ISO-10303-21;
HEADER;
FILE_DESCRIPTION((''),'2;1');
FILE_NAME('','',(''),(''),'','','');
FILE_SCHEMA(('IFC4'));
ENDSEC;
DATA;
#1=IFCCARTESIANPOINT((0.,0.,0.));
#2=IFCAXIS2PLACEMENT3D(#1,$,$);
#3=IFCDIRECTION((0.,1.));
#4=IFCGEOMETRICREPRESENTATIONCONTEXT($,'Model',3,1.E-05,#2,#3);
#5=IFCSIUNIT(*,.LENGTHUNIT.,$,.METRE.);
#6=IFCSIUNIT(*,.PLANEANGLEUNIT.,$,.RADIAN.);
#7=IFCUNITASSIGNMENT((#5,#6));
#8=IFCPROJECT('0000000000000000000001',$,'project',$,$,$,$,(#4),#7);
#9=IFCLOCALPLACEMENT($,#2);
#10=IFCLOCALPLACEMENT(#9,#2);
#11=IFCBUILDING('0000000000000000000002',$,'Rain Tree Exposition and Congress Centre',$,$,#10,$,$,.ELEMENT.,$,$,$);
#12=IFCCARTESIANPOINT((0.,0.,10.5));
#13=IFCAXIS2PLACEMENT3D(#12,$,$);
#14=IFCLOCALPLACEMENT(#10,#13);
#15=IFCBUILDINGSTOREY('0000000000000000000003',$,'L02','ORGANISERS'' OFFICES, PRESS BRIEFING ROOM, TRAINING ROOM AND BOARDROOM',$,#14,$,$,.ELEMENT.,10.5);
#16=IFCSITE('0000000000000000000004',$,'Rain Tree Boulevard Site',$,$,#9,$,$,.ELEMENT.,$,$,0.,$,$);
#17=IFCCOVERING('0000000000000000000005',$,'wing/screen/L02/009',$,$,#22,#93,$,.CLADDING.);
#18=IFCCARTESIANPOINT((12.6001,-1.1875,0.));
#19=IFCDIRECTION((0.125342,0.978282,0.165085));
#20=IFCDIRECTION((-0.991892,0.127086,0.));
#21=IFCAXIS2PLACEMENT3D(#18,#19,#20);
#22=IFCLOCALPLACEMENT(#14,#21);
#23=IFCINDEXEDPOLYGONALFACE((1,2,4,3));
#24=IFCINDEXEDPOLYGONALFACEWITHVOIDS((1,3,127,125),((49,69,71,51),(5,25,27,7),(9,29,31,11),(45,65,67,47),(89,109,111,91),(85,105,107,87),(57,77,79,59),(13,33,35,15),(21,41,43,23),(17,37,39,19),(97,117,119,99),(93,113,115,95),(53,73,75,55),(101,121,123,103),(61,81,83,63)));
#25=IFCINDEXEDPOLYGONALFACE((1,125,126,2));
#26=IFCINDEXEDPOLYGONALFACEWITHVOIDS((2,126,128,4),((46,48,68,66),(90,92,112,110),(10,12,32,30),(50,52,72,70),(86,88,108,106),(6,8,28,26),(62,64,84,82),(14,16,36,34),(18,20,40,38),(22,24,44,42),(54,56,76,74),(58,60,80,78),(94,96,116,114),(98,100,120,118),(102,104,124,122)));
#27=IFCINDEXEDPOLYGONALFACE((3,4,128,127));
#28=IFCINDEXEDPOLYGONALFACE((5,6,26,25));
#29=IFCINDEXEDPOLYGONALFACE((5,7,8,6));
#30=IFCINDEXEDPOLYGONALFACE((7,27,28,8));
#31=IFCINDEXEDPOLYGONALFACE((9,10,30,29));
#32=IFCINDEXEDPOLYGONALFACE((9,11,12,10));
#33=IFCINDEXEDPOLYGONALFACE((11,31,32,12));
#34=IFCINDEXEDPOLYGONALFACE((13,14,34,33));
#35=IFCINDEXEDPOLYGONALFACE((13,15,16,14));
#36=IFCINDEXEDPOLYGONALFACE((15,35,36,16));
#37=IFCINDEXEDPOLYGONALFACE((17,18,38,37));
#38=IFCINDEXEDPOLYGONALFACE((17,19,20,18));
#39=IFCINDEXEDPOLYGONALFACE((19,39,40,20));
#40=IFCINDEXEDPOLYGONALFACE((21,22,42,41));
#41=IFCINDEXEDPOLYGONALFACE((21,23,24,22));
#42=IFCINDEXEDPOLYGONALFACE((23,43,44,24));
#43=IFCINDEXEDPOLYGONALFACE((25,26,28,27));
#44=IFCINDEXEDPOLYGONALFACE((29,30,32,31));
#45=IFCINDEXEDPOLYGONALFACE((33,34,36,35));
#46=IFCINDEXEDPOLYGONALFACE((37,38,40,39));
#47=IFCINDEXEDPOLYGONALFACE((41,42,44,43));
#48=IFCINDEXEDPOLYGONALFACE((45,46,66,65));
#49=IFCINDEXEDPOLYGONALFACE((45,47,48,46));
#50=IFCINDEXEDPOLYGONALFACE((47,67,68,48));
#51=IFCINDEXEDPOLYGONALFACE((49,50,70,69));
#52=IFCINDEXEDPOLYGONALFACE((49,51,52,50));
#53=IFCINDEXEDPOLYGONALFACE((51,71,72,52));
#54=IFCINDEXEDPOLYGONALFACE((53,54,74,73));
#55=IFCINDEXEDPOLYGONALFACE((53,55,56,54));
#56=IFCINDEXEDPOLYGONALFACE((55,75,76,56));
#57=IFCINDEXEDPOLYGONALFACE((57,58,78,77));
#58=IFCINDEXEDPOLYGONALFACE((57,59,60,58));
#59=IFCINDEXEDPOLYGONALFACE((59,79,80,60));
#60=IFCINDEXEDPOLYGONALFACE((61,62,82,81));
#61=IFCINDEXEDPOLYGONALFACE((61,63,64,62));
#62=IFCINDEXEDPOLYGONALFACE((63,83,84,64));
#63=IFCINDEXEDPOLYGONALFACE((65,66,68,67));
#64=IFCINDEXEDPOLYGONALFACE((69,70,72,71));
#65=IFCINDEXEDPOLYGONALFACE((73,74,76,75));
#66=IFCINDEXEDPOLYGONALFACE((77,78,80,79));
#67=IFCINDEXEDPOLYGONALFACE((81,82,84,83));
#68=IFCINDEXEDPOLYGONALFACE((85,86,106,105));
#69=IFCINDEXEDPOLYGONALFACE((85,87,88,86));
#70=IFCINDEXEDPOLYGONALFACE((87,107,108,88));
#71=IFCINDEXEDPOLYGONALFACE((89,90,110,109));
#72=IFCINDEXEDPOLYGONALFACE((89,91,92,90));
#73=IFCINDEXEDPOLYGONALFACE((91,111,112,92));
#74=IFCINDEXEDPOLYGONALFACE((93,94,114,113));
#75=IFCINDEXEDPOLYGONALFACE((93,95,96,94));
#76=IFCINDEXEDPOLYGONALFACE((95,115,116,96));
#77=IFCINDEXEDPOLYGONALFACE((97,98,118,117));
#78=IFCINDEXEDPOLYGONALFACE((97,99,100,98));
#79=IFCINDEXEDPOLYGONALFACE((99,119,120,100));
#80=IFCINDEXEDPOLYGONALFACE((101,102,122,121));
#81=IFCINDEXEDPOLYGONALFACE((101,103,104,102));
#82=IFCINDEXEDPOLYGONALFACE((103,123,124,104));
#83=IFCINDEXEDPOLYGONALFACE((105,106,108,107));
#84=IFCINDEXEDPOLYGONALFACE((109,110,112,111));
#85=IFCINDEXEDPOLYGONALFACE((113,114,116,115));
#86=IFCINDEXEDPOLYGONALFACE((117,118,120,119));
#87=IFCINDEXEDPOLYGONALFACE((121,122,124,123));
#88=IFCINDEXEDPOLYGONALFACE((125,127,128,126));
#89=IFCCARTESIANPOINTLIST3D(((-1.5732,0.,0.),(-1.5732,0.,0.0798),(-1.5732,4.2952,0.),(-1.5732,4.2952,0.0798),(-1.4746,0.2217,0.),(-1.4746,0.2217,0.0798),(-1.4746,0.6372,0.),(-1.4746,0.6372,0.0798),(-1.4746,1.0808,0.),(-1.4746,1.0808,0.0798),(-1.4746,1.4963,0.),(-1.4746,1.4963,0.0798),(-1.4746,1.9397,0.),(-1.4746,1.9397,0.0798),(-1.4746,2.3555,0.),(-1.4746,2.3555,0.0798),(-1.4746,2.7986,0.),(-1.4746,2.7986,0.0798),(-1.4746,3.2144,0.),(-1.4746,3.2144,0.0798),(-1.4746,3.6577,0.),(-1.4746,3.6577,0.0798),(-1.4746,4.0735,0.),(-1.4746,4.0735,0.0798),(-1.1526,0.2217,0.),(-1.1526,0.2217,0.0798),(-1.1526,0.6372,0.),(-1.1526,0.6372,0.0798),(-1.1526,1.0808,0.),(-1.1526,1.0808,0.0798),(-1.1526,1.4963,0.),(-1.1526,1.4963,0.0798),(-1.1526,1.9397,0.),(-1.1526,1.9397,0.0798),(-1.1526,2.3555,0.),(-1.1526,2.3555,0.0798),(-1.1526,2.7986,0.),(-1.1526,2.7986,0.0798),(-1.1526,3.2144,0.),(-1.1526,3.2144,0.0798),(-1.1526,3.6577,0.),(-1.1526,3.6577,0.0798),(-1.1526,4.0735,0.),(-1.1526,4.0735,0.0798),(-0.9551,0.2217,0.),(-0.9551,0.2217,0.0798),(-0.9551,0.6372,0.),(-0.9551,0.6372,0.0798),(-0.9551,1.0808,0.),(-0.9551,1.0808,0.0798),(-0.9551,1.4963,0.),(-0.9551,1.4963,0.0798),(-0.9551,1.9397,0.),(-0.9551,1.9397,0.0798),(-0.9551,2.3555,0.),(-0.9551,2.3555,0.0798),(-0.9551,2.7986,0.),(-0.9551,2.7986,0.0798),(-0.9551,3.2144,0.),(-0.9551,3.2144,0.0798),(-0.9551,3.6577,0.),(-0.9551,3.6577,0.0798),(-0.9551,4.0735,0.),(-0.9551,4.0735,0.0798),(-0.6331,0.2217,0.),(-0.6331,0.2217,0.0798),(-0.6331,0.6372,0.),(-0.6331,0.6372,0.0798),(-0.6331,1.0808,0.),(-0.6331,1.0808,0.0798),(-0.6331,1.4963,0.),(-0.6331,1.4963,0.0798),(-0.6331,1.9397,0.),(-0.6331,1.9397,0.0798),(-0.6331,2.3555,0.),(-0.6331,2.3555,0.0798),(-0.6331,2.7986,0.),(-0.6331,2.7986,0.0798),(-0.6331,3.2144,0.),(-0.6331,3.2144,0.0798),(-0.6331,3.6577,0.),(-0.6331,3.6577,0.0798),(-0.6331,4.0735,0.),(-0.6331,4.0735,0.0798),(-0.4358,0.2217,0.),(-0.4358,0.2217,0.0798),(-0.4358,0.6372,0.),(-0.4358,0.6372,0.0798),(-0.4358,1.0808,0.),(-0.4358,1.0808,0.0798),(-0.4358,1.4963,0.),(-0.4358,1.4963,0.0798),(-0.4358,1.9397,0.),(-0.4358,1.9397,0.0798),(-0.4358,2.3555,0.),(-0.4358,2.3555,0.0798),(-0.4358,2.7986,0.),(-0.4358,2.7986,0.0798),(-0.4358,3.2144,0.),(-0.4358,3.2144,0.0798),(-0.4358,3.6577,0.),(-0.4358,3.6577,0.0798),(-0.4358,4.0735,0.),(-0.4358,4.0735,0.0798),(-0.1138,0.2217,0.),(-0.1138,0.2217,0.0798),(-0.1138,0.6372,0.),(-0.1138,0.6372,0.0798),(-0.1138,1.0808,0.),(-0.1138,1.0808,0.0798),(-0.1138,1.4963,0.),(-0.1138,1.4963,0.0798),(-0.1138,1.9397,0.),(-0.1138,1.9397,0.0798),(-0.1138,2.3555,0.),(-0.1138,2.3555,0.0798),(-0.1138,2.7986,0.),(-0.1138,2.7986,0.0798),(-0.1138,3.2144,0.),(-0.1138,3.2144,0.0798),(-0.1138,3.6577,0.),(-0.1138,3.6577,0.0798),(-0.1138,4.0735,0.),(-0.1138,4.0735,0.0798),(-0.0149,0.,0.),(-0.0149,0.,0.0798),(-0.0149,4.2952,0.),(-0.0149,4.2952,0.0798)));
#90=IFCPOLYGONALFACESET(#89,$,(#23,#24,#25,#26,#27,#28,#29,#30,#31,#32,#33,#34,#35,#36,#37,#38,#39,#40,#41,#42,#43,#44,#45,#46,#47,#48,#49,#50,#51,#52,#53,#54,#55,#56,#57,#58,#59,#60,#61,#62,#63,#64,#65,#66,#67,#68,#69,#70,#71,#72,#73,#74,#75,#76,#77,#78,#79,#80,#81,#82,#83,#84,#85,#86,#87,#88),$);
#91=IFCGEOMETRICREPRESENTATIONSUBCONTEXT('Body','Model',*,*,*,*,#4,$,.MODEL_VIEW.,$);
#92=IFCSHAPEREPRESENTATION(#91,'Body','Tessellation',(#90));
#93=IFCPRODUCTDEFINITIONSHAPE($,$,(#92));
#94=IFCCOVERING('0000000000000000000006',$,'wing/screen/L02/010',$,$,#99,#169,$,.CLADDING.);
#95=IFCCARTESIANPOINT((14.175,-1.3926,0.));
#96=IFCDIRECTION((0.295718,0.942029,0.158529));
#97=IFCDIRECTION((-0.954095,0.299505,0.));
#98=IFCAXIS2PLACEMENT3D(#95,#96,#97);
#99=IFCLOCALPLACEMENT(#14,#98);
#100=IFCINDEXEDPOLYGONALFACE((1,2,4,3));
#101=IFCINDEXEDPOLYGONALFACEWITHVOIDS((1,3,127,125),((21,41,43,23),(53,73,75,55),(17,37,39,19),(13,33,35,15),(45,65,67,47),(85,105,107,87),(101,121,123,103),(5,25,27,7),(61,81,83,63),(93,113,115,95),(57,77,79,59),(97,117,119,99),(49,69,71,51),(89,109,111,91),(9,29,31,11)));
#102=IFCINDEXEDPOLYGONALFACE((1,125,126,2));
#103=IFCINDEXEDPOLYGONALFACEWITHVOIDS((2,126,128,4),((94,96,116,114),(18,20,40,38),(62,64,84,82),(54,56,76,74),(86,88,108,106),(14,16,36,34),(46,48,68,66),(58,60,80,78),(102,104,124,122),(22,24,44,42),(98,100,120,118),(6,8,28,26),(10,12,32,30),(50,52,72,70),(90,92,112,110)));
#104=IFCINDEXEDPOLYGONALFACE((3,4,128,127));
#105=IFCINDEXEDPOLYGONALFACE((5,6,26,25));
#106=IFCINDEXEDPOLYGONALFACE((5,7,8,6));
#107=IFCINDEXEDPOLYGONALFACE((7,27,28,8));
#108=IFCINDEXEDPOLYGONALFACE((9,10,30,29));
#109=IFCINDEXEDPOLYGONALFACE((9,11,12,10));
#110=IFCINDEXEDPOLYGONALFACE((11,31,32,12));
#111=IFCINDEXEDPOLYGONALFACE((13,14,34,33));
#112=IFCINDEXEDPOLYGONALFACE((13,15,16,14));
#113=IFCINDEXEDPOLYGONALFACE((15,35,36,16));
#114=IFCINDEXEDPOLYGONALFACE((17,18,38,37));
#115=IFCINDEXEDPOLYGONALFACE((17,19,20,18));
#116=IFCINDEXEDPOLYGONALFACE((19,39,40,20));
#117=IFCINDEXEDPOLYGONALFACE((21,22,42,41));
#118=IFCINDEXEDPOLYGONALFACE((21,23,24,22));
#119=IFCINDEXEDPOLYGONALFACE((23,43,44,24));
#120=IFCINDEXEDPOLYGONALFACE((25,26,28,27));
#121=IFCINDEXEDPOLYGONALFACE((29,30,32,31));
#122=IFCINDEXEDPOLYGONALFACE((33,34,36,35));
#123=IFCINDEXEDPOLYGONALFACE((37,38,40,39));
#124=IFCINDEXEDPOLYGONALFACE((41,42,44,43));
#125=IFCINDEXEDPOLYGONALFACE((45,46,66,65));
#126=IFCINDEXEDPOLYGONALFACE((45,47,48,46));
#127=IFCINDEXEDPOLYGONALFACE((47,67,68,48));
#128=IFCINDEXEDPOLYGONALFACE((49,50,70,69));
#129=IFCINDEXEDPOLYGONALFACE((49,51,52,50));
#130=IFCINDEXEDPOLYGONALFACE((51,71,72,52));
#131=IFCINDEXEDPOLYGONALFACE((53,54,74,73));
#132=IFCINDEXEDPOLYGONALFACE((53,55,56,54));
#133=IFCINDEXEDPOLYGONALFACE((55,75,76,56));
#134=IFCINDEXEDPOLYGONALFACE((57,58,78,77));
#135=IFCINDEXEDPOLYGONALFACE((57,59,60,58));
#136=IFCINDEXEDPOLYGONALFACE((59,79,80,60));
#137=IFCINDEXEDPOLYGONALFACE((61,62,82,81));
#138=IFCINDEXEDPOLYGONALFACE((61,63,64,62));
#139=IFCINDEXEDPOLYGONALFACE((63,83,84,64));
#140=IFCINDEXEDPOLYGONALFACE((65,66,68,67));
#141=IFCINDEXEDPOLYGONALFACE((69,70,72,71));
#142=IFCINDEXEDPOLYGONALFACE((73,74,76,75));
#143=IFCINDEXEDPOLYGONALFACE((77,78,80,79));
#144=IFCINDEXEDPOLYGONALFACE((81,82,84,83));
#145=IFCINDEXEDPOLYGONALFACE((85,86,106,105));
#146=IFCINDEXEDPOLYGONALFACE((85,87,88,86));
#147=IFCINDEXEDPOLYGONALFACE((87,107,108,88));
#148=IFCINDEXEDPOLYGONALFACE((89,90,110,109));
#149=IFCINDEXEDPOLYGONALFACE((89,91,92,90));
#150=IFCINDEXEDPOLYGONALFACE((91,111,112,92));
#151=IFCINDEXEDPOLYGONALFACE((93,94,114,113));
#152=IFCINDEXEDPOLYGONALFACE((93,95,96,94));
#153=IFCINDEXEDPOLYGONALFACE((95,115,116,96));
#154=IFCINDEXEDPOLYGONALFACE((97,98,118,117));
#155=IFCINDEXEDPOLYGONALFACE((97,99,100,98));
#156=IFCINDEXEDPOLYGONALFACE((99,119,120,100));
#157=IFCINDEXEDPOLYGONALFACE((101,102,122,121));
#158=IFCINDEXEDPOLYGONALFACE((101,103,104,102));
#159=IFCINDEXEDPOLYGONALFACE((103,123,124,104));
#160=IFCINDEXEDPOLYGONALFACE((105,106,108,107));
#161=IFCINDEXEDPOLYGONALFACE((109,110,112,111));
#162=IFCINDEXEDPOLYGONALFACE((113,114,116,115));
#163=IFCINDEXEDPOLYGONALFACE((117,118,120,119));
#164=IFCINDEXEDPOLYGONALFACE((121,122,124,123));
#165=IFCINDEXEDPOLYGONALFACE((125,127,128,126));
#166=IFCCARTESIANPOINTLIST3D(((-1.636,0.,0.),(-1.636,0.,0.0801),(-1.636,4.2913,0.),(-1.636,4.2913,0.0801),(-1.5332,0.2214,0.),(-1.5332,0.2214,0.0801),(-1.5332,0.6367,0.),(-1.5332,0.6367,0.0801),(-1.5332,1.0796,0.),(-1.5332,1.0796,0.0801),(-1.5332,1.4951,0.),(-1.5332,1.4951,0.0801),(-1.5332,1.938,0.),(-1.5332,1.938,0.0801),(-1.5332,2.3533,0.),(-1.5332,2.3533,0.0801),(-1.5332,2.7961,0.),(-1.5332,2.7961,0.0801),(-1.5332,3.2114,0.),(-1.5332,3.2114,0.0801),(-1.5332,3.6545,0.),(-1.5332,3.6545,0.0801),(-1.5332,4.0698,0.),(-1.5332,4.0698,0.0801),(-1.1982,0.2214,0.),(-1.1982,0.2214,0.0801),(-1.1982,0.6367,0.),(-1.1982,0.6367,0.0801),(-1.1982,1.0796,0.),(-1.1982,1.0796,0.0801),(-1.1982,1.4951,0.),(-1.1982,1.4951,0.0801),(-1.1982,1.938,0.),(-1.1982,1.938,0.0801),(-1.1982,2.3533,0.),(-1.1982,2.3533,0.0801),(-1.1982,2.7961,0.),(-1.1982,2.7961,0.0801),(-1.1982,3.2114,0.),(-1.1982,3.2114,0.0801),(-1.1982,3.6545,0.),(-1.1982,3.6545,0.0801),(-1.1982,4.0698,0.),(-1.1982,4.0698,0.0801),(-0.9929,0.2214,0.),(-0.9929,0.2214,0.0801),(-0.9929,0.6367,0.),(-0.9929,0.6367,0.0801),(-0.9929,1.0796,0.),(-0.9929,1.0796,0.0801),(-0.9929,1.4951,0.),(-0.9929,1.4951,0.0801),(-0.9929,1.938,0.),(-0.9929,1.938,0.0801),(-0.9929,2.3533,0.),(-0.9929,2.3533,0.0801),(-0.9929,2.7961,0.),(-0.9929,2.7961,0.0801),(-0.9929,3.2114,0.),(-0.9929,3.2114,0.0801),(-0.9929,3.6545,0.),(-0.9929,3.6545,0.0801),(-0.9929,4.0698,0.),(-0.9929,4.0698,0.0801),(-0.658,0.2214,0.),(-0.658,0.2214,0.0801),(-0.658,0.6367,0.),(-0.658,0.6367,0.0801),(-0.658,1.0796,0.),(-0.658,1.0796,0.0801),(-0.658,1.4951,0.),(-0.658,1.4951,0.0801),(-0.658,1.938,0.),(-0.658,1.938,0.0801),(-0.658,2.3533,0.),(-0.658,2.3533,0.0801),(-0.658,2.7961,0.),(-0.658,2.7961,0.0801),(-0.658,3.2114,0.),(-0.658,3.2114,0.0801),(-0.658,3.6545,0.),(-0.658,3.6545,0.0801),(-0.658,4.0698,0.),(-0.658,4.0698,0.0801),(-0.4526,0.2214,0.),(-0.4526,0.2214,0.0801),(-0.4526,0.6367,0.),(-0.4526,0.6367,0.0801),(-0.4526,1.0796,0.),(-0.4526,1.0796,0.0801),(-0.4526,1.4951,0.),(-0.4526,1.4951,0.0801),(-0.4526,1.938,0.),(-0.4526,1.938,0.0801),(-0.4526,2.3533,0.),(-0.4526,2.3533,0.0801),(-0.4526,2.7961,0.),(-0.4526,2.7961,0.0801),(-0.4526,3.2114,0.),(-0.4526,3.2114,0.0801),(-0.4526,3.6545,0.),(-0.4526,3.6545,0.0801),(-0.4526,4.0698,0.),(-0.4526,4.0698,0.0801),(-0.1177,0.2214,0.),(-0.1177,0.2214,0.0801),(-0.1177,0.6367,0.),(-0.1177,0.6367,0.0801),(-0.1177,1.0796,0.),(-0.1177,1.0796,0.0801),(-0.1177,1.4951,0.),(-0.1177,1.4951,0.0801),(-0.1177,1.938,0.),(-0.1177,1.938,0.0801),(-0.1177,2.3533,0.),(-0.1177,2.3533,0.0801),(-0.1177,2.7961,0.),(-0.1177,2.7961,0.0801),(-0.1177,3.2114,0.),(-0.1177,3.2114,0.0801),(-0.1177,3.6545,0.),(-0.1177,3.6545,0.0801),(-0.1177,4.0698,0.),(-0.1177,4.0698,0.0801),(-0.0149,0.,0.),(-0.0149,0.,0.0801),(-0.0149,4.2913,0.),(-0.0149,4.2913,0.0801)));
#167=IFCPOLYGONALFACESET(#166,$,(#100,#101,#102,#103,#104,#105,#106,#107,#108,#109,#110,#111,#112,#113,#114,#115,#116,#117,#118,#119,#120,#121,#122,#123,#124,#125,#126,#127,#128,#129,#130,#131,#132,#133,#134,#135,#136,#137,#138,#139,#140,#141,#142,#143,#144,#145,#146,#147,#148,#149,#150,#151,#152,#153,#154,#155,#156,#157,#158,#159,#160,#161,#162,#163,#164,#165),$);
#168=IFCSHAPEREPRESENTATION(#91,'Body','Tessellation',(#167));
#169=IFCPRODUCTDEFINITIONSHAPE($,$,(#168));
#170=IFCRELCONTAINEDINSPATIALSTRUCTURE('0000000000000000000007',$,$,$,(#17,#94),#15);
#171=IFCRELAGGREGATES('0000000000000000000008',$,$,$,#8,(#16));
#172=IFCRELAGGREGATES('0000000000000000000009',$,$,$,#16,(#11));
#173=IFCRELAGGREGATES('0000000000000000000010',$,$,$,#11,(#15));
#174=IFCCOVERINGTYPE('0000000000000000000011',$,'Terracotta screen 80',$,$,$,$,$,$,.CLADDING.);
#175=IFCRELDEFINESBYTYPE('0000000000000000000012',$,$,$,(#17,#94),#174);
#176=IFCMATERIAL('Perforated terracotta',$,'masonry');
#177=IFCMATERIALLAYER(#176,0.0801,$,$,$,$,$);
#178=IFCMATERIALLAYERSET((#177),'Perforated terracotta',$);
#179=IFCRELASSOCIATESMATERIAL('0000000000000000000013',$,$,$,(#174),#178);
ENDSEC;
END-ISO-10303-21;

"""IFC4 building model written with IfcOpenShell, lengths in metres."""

from ifc_helpers import new_model, si_unit, direction, frame, origin, place, context, subcontext, project, spatial, polyline, outline, extrude, material, layer, layer_set, type_object, element, save


model = new_model("IFC4")

# Units and contexts
model_context = context("Model", 3, precision=1e-05, world=origin(), true_north=direction((0.0, 1.0)))
body_context = subcontext(model_context, "Body", "Model", "MODEL_VIEW")
ifc_project = project(units=[si_unit("LENGTHUNIT", "METRE"), si_unit("PLANEANGLEUNIT", "RADIAN")], contexts=[model_context])

# Site, building, storey
site_placement = place(None, origin())
site = spatial("IfcSite", under=ifc_project, at=site_placement, Name="Rain Tree Boulevard Site", CompositionType="ELEMENT", RefElevation=0.0)
building_placement = place(site_placement, origin())
building = spatial("IfcBuilding", under=site, at=building_placement, Name="Rain Tree Exposition and Congress Centre", CompositionType="ELEMENT")
storey_placement = place(building_placement, frame((0.0, 0.0, 10.5)))
storey = spatial("IfcBuildingStorey", under=building, at=storey_placement, Name="L02", Description="ORGANISERS' OFFICES, PRESS BRIEFING ROOM, TRAINING ROOM AND BOARDROOM", CompositionType="ELEMENT", Elevation=10.5)

# Coverings
ifc_material_1 = material(Name="Perforated terracotta", Category="masonry")
ifc_layer_1 = layer(ifc_material_1, 0.0801)
ifc_layer_set_1 = layer_set([ifc_layer_1], Name="Perforated terracotta")
covering_type = type_object("IfcCoveringType", Name="Terracotta screen 80", PredefinedType="CLADDING", material=ifc_layer_set_1)
covering_1_placement = place(storey_placement, frame((12.6001, -1.1875, 0.0), z_axis=(0.125342, 0.978282, 0.165085), x_axis=(-0.991892, 0.127086, 0.0)))
element("IfcCovering", 1, at=covering_1_placement, inside=storey, type_object=covering_type, Name="wing/screen/L02/009", PredefinedType="CLADDING", context=body_context, shape_type="SweptSolid", body=[
    extrude(outline(polyline([(-1.5732, 0.0), (-1.5732, 4.2952), (-0.0149, 4.2952), (-0.0149, 0.0), (-1.5732, 0.0)]), holes=[polyline([(-0.1138, 0.2217), (-0.1138, 0.6372), (-0.4358, 0.6372), (-0.4358, 0.2217), (-0.1138, 0.2217)]), polyline([(-0.1138, 1.0808), (-0.1138, 1.4963), (-0.4358, 1.4963), (-0.4358, 1.0808), (-0.1138, 1.0808)]), polyline([(-0.1138, 1.9397), (-0.1138, 2.3555), (-0.4358, 2.3555), (-0.4358, 1.9397), (-0.1138, 1.9397)]), polyline([(-0.1138, 2.7986), (-0.1138, 3.2144), (-0.4358, 3.2144), (-0.4358, 2.7986), (-0.1138, 2.7986)]), polyline([(-0.1138, 3.6577), (-0.1138, 4.0735), (-0.4358, 4.0735), (-0.4358, 3.6577), (-0.1138, 3.6577)]), polyline([(-0.6331, 0.2217), (-0.6331, 0.6372), (-0.9551, 0.6372), (-0.9551, 0.2217), (-0.6331, 0.2217)]), polyline([(-0.6331, 1.0808), (-0.6331, 1.4963), (-0.9551, 1.4963), (-0.9551, 1.0808), (-0.6331, 1.0808)]), polyline([(-0.6331, 1.9397), (-0.6331, 2.3555), (-0.9551, 2.3555), (-0.9551, 1.9397), (-0.6331, 1.9397)]), polyline([(-0.6331, 2.7986), (-0.6331, 3.2144), (-0.9551, 3.2144), (-0.9551, 2.7986), (-0.6331, 2.7986)]), polyline([(-0.6331, 3.6577), (-0.6331, 4.0735), (-0.9551, 4.0735), (-0.9551, 3.6577), (-0.6331, 3.6577)]), polyline([(-1.1526, 0.2217), (-1.1526, 0.6372), (-1.4746, 0.6372), (-1.4746, 0.2217), (-1.1526, 0.2217)]), polyline([(-1.1526, 1.0808), (-1.1526, 1.4963), (-1.4746, 1.4963), (-1.4746, 1.0808), (-1.1526, 1.0808)]), polyline([(-1.1526, 1.9397), (-1.1526, 2.3555), (-1.4746, 2.3555), (-1.4746, 1.9397), (-1.1526, 1.9397)]), polyline([(-1.1526, 2.7986), (-1.1526, 3.2144), (-1.4746, 3.2144), (-1.4746, 2.7986), (-1.1526, 2.7986)]), polyline([(-1.1526, 3.6577), (-1.1526, 4.0735), (-1.4746, 4.0735), (-1.4746, 3.6577), (-1.1526, 3.6577)])]), origin(), (0.0, 0.0, 1.0), 0.0798),
])
covering_2_placement = place(storey_placement, frame((14.175, -1.3926, 0.0), z_axis=(0.295718, 0.942029, 0.158529), x_axis=(-0.954095, 0.299505, 0.0)))
element("IfcCovering", 2, at=covering_2_placement, inside=storey, type_object=covering_type, Name="wing/screen/L02/010", PredefinedType="CLADDING", context=body_context, shape_type="SweptSolid", body=[
    extrude(outline(polyline([(-1.636, 0.0), (-1.636, 4.2913), (-0.0149, 4.2913), (-0.0149, 0.0), (-1.636, 0.0)]), holes=[polyline([(-0.1177, 0.2214), (-0.1177, 0.6367), (-0.4526, 0.6367), (-0.4526, 0.2214), (-0.1177, 0.2214)]), polyline([(-0.1177, 1.0796), (-0.1177, 1.4951), (-0.4526, 1.4951), (-0.4526, 1.0796), (-0.1177, 1.0796)]), polyline([(-0.1177, 1.938), (-0.1177, 2.3533), (-0.4526, 2.3533), (-0.4526, 1.938), (-0.1177, 1.938)]), polyline([(-0.1177, 2.7961), (-0.1177, 3.2114), (-0.4526, 3.2114), (-0.4526, 2.7961), (-0.1177, 2.7961)]), polyline([(-0.1177, 3.6545), (-0.1177, 4.0698), (-0.4526, 4.0698), (-0.4526, 3.6545), (-0.1177, 3.6545)]), polyline([(-0.658, 0.2214), (-0.658, 0.6367), (-0.9929, 0.6367), (-0.9929, 0.2214), (-0.658, 0.2214)]), polyline([(-0.658, 1.0796), (-0.658, 1.4951), (-0.9929, 1.4951), (-0.9929, 1.0796), (-0.658, 1.0796)]), polyline([(-0.658, 1.938), (-0.658, 2.3533), (-0.9929, 2.3533), (-0.9929, 1.938), (-0.658, 1.938)]), polyline([(-0.658, 2.7961), (-0.658, 3.2114), (-0.9929, 3.2114), (-0.9929, 2.7961), (-0.658, 2.7961)]), polyline([(-0.658, 3.6545), (-0.658, 4.0698), (-0.9929, 4.0698), (-0.9929, 3.6545), (-0.658, 3.6545)]), polyline([(-1.1982, 0.2214), (-1.1982, 0.6367), (-1.5332, 0.6367), (-1.5332, 0.2214), (-1.1982, 0.2214)]), polyline([(-1.1982, 1.0796), (-1.1982, 1.4951), (-1.5332, 1.4951), (-1.5332, 1.0796), (-1.1982, 1.0796)]), polyline([(-1.1982, 1.938), (-1.1982, 2.3533), (-1.5332, 2.3533), (-1.5332, 1.938), (-1.1982, 1.938)]), polyline([(-1.1982, 2.7961), (-1.1982, 3.2114), (-1.5332, 3.2114), (-1.5332, 2.7961), (-1.1982, 2.7961)]), polyline([(-1.1982, 3.6545), (-1.1982, 4.0698), (-1.5332, 4.0698), (-1.5332, 3.6545), (-1.1982, 3.6545)])]), origin(), (0.0, 0.0, 1.0), 0.0801),
])

save(model, "model.ifc")
